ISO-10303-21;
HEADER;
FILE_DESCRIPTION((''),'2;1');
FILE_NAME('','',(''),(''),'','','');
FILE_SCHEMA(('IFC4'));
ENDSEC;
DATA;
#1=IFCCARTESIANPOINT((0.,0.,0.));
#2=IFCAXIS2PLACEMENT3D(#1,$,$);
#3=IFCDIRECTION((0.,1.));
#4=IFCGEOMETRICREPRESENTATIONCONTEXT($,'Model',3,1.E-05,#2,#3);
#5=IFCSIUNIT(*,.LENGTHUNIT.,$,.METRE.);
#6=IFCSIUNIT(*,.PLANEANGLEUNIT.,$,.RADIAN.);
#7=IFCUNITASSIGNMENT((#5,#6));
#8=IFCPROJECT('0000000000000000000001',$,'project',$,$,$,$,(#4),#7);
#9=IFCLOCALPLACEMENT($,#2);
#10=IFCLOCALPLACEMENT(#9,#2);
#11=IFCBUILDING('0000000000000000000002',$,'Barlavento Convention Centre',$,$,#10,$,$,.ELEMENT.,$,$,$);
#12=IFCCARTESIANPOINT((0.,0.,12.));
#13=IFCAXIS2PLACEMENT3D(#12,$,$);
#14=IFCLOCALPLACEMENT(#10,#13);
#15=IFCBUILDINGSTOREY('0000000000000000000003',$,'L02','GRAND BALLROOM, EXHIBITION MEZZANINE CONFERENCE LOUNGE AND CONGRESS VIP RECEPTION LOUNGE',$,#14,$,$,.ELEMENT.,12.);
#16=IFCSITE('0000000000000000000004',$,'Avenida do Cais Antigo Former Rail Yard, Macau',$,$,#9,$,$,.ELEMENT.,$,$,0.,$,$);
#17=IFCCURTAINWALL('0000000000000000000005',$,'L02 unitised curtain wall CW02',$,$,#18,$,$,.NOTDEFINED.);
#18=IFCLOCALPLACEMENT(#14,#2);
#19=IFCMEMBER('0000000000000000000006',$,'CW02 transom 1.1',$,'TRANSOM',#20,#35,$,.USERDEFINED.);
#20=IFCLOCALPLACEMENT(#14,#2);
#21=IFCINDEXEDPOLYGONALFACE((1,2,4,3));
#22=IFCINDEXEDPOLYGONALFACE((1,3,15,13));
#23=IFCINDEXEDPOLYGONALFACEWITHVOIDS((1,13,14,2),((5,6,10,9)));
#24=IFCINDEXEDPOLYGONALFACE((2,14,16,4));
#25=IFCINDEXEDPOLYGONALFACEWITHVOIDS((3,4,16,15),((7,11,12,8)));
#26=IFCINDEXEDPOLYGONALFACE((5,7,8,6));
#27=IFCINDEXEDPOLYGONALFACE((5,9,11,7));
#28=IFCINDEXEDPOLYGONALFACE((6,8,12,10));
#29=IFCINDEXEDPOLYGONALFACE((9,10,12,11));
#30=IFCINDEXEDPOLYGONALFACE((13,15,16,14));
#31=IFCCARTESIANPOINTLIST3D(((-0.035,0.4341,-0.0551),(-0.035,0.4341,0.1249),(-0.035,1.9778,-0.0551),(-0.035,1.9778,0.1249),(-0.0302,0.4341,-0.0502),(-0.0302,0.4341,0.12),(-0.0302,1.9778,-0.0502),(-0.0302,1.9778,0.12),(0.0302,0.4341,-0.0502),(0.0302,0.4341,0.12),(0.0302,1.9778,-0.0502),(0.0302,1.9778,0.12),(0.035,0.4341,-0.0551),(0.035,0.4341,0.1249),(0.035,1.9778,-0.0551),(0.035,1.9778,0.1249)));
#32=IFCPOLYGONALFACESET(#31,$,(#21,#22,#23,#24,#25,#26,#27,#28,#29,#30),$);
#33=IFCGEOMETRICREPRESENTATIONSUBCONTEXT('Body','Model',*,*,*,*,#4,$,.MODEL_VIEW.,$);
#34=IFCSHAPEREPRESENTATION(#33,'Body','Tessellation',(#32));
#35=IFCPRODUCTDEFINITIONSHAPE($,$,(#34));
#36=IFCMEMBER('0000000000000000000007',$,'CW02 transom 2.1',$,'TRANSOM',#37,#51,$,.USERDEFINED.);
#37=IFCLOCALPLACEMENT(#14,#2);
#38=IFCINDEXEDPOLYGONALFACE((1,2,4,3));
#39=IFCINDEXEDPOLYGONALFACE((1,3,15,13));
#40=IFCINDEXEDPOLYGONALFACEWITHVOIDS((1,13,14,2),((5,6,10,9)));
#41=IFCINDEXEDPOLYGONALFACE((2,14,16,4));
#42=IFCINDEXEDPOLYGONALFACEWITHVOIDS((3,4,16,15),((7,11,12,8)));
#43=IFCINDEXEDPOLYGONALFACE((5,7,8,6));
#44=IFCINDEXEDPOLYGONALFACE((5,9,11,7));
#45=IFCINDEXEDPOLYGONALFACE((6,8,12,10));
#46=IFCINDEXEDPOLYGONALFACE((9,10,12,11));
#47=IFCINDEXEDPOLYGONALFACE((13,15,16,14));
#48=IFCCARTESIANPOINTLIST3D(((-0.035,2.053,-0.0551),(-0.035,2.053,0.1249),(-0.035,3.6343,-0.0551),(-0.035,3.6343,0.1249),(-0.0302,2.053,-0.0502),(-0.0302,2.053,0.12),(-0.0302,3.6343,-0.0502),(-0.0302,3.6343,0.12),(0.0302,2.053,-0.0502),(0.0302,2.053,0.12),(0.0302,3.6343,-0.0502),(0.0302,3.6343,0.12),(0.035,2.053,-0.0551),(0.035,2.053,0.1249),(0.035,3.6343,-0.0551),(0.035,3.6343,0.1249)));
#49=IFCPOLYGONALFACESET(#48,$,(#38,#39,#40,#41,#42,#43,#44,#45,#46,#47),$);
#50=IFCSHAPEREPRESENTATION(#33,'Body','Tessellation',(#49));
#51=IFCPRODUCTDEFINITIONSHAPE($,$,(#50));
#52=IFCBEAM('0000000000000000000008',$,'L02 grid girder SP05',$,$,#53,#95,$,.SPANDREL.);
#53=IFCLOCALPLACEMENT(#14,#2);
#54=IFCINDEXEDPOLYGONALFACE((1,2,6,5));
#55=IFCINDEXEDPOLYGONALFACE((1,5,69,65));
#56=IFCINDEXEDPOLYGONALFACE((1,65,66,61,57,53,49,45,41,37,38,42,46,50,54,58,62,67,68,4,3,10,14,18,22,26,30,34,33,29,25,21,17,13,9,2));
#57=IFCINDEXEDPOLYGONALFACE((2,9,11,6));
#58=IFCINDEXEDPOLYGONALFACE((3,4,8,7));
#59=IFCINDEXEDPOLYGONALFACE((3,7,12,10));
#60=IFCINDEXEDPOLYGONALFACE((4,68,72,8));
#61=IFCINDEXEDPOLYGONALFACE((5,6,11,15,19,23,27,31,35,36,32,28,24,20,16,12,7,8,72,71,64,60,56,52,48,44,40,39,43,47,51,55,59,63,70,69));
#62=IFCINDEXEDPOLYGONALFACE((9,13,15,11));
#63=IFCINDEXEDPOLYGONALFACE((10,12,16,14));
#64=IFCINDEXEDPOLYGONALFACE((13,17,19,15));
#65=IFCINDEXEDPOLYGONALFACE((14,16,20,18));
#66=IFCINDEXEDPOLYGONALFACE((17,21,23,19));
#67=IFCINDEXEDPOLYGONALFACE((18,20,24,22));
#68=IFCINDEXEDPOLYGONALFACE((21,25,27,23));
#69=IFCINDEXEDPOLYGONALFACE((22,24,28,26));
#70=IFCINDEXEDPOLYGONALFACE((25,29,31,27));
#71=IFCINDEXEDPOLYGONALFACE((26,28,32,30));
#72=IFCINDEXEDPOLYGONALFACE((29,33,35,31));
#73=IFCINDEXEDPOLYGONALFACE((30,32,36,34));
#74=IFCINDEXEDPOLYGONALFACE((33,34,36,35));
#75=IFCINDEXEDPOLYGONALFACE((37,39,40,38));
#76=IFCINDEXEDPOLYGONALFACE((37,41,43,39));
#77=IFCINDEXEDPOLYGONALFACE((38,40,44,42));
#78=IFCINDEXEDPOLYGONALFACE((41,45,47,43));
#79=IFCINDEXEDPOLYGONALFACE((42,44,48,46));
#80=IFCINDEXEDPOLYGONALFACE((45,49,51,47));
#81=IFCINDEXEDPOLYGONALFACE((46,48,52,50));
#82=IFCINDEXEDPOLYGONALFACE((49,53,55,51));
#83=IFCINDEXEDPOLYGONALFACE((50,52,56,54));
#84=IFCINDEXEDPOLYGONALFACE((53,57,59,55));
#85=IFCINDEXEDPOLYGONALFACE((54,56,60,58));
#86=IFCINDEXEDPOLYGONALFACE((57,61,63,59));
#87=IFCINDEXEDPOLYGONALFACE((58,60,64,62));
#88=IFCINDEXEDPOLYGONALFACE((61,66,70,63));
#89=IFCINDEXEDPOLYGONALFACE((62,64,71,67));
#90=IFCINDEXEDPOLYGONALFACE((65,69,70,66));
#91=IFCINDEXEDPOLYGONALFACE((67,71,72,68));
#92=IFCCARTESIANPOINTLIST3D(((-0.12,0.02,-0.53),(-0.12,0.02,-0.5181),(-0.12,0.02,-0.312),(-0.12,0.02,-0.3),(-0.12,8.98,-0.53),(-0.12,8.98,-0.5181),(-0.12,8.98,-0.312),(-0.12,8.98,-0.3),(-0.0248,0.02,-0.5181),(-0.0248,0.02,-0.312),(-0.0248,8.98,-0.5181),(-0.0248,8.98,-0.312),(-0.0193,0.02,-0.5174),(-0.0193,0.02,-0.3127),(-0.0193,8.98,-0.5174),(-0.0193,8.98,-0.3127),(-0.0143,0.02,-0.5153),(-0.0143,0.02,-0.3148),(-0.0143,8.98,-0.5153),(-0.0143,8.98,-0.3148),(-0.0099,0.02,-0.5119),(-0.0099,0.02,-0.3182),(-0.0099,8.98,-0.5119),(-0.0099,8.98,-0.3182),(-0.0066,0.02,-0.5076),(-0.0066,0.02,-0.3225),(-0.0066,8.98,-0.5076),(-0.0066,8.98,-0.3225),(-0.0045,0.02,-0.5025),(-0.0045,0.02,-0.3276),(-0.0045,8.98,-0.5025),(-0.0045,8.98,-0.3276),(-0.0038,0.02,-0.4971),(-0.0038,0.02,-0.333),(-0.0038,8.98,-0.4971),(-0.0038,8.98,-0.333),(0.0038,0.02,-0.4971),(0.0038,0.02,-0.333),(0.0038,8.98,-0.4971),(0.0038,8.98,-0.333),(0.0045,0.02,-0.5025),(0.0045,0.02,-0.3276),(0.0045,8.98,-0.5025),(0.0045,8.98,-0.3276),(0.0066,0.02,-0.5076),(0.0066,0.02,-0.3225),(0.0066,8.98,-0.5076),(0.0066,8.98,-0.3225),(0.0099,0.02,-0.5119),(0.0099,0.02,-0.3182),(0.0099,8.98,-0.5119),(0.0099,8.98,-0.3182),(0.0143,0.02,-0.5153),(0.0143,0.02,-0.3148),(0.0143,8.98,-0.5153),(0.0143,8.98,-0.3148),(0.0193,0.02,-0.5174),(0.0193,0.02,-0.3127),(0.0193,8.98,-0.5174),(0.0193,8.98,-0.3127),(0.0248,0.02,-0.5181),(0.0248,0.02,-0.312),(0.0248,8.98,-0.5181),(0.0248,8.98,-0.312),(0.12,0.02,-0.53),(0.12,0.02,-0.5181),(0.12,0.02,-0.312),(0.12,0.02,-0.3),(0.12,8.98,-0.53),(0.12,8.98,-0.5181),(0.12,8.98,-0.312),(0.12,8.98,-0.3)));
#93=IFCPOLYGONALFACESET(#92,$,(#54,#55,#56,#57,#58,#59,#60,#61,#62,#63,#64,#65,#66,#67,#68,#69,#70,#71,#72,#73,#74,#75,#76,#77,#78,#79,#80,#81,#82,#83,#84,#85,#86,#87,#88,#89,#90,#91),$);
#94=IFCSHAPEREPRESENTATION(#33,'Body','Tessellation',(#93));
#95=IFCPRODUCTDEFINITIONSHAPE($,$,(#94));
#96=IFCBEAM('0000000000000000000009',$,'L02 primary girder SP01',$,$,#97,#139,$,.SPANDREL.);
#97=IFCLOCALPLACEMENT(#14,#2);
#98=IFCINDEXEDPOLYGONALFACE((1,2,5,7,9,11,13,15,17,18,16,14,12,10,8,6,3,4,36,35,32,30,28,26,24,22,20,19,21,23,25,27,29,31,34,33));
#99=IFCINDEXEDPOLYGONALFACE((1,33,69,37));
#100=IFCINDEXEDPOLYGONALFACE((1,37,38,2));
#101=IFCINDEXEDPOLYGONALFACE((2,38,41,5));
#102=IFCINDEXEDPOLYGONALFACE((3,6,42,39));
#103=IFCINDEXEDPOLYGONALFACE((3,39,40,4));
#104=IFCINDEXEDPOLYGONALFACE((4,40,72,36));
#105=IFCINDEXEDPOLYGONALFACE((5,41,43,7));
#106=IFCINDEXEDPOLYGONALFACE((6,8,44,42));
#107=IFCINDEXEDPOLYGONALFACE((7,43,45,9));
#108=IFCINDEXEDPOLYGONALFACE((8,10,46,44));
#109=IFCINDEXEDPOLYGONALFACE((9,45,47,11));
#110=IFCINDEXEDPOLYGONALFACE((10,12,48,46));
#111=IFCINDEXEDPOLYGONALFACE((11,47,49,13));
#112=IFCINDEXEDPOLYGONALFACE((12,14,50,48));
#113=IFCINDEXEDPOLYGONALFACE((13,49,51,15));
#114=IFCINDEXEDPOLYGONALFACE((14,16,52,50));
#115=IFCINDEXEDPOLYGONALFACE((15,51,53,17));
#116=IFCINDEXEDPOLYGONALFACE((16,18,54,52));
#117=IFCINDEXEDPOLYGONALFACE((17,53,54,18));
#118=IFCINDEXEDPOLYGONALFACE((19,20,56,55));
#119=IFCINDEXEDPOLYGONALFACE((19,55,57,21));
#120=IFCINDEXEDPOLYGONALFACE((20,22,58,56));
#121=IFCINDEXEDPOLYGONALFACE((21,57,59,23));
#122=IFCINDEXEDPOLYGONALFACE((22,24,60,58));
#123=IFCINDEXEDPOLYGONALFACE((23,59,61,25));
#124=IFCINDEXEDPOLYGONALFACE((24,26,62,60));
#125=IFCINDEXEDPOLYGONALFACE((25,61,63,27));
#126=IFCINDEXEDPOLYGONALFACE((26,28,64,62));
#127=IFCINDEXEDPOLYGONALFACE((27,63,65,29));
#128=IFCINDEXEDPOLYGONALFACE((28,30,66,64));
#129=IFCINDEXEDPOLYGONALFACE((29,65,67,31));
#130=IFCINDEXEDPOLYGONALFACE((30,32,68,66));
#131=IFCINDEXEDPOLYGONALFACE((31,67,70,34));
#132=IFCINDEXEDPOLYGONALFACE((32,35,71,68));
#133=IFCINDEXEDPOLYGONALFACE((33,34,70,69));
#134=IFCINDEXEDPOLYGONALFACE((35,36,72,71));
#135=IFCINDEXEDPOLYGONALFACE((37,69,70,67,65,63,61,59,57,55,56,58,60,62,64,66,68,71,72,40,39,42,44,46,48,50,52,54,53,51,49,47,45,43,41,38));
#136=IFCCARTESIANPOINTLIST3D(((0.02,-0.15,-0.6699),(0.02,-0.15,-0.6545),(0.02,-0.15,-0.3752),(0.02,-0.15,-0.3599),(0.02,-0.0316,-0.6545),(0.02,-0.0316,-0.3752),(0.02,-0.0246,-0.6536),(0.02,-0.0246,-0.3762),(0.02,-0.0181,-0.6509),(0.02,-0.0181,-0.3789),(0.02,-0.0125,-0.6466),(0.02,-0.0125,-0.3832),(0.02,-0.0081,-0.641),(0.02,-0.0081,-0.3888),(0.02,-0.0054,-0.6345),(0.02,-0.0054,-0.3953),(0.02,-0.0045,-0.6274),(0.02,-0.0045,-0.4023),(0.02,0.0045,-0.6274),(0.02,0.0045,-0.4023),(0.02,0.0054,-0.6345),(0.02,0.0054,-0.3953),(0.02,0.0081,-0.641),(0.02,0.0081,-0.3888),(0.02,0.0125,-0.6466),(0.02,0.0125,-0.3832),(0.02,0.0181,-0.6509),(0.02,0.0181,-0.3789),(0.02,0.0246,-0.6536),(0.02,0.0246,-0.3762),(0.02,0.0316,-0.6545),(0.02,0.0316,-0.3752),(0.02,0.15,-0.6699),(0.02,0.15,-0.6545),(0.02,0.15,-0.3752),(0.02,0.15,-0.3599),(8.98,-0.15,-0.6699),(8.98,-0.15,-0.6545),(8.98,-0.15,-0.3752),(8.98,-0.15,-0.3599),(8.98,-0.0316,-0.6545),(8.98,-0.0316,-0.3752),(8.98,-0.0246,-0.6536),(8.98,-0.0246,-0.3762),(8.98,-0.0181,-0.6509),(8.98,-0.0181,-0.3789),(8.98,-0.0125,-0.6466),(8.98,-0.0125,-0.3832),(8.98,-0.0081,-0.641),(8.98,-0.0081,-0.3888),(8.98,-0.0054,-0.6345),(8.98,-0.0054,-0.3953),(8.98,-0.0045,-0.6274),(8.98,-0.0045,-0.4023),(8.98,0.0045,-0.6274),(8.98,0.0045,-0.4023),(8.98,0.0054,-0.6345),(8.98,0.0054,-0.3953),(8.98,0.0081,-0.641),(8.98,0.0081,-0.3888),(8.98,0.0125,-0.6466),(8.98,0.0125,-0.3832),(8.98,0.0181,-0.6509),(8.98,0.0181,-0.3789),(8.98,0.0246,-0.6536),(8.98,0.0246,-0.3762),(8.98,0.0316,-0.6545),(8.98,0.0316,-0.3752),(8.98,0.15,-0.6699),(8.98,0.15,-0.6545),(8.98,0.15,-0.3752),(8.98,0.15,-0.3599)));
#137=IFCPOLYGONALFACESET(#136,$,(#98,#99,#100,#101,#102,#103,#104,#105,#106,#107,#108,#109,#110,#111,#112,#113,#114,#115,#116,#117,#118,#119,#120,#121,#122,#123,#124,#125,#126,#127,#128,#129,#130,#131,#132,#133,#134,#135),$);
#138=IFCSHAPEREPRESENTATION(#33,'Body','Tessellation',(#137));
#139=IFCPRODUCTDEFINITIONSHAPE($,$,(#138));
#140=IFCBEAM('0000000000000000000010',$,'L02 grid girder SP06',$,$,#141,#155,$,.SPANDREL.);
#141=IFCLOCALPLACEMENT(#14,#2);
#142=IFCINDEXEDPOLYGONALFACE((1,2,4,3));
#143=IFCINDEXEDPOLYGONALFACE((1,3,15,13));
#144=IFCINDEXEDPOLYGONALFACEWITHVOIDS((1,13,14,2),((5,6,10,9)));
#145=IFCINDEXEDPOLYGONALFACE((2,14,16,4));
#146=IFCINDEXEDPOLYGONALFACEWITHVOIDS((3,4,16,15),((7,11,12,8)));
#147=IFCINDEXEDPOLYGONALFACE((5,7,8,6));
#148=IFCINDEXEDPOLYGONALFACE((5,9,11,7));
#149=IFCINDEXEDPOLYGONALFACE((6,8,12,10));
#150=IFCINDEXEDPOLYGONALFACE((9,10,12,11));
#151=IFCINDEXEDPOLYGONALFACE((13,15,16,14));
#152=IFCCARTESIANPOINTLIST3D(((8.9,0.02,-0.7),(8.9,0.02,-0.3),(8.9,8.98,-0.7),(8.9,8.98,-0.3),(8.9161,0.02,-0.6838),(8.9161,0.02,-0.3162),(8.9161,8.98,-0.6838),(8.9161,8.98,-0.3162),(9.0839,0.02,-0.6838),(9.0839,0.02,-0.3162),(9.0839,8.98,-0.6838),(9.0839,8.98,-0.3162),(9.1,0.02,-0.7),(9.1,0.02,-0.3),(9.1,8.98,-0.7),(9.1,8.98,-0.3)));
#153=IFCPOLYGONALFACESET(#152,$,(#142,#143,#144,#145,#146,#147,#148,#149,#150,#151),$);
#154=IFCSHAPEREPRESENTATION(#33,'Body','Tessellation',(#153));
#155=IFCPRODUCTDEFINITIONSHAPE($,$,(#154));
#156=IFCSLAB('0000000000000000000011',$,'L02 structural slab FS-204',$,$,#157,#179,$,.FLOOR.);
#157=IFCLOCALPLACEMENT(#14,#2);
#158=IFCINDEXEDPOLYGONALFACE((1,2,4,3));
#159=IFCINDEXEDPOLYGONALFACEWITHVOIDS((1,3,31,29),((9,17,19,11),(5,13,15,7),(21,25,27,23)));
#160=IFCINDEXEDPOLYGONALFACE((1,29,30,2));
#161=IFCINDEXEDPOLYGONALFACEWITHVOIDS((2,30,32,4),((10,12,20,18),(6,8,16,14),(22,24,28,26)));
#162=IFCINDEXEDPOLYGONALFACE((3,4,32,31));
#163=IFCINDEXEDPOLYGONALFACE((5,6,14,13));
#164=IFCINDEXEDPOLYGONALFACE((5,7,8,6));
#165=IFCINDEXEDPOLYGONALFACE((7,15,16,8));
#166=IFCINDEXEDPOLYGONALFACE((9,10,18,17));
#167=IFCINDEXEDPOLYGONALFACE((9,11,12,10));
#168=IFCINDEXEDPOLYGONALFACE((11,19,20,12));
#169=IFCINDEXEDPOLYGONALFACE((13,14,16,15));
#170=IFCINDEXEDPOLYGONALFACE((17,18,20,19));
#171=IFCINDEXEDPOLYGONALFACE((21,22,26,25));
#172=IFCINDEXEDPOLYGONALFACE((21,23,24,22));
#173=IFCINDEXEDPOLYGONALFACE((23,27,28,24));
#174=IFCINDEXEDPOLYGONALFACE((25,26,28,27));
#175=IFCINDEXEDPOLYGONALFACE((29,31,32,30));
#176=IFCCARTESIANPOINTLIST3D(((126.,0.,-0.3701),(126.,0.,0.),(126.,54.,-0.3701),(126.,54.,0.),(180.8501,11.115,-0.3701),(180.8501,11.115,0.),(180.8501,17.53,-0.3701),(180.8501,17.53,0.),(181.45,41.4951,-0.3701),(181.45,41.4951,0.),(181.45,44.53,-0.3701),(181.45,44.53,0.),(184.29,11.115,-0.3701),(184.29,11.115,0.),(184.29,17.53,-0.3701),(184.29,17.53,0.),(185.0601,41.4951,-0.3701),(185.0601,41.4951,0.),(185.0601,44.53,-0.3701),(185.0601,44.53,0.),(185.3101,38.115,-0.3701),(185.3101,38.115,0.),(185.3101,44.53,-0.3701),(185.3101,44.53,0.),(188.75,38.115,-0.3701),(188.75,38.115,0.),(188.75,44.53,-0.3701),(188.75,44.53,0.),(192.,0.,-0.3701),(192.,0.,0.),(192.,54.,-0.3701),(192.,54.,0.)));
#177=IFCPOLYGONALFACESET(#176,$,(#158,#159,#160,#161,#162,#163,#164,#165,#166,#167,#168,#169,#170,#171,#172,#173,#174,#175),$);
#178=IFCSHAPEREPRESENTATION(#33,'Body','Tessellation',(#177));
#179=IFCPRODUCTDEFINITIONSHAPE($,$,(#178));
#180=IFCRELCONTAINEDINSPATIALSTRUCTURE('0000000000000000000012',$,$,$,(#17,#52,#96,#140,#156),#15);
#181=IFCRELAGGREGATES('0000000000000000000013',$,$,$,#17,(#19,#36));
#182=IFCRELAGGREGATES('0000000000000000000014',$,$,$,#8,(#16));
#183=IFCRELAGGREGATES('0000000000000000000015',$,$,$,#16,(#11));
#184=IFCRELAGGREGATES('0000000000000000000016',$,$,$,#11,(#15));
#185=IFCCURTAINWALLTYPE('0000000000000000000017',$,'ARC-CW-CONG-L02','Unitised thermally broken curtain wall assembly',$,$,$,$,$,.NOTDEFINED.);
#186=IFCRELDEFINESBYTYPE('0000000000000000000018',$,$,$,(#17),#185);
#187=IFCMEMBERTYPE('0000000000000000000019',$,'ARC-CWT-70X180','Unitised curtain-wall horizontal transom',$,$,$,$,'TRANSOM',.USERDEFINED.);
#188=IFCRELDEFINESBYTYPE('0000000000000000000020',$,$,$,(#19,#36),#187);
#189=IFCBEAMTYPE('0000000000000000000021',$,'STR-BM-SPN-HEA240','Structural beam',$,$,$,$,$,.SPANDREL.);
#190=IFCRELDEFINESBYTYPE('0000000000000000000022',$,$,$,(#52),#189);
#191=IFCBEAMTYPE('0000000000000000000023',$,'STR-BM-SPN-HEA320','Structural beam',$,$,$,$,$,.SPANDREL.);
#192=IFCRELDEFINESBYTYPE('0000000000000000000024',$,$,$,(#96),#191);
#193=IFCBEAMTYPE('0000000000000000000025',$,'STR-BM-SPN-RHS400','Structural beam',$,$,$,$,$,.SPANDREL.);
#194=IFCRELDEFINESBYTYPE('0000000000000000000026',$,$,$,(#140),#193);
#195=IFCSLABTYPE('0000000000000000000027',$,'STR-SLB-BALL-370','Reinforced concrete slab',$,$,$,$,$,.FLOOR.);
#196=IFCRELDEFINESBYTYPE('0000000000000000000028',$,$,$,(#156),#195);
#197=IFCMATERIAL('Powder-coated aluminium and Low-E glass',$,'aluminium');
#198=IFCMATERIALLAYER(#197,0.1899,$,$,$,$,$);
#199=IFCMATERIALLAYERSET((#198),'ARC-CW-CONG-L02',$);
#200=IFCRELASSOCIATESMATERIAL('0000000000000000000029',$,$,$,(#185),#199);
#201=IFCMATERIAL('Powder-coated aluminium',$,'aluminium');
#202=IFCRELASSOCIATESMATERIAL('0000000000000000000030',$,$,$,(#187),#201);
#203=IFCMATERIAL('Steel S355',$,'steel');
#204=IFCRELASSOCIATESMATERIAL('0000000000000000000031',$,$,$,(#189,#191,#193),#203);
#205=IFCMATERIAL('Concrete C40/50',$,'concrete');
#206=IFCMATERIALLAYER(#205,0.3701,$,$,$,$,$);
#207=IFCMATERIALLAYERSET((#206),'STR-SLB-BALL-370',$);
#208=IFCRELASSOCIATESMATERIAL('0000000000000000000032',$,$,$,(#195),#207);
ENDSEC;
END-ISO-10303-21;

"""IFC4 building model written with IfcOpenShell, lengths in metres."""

from ifc_helpers import new_model, si_unit, direction, frame, origin, origin_2d, place, context, subcontext, project, spatial, polyline, hollow_rectangle, i_section, outline, extrude, material, layer, layer_set, material_profile, profile_set, type_object, element, aggregate, save


model = new_model("IFC4")

# Units and contexts
model_context = context("Model", 3, precision=1e-05, world=origin(), true_north=direction((0.0, 1.0)))
body_context = subcontext(model_context, "Body", "Model", "MODEL_VIEW")
ifc_project = project(units=[si_unit("LENGTHUNIT", "METRE"), si_unit("PLANEANGLEUNIT", "RADIAN")], contexts=[model_context])

# Site, building, storey
site_placement = place(None, origin())
site = spatial("IfcSite", under=ifc_project, at=site_placement, Name="Avenida do Cais Antigo Former Rail Yard, Macau", CompositionType="ELEMENT", RefElevation=0.0)
building_placement = place(site_placement, origin())
building = spatial("IfcBuilding", under=site, at=building_placement, Name="Barlavento Convention Centre", CompositionType="ELEMENT")
storey_placement = place(building_placement, frame((0.0, 0.0, 12.0)))
storey = spatial("IfcBuildingStorey", under=building, at=storey_placement, Name="L02", Description="GRAND BALLROOM, EXHIBITION MEZZANINE CONFERENCE LOUNGE AND CONGRESS VIP RECEPTION LOUNGE", CompositionType="ELEMENT", Elevation=12.0)

# Curtain wall
ifc_material_1 = material(Name="Powder-coated aluminium and Low-E glass", Category="aluminium")
ifc_layer_1 = layer(ifc_material_1, 0.1899)
ifc_layer_set_1 = layer_set([ifc_layer_1], Name="ARC-CW-CONG-L02")
curtain_wall_type = type_object("IfcCurtainWallType", Name="ARC-CW-CONG-L02", Description="Unitised thermally broken curtain wall assembly", PredefinedType="NOTDEFINED", material=ifc_layer_set_1)
ifc_material_2 = material(Name="Powder-coated aluminium", Category="aluminium")
curtain_wall_1_placement = place(storey_placement, origin())
curtain_wall_1 = element("IfcCurtainWall", 1, at=curtain_wall_1_placement, inside=storey, type_object=curtain_wall_type, Name="L02 unitised curtain wall CW02", PredefinedType="NOTDEFINED")

# Members
ifc_material_profile_1 = material_profile(ifc_material_2, hollow_rectangle(XDim=0.0701, YDim=0.1799, WallThickness=0.0049, at=origin_2d()), Name="AL-TRAN 70x180x5")
ifc_profile_set_1 = profile_set([ifc_material_profile_1], Name="Powder-coated aluminium")
member_type_1 = type_object("IfcMemberType", Name="ARC-CWT-70X180", Description="Unitised curtain-wall horizontal transom", ElementType="TRANSOM", PredefinedType="USERDEFINED", material=ifc_profile_set_1)
member_1_placement = place(storey_placement, frame((0.0, 0.4341, 0.0349), z_axis=(0.0, 1.0, 0.0), x_axis=(-1.0, 0.0, 0.0)))
member_1 = element("IfcMember", 2, at=member_1_placement, type_object=member_type_1, Name="CW02 transom 1.1", ObjectType="TRANSOM", PredefinedType="USERDEFINED", context=body_context, shape_type="SweptSolid", body=[
    extrude(hollow_rectangle(XDim=0.0701, YDim=0.1799, WallThickness=0.0049, at=origin_2d()), origin(), (0.0, 0.0, 1.0), 1.5437),
])
member_2_placement = place(storey_placement, frame((0.0, 2.053, 0.0349), z_axis=(0.0, 1.0, 0.0), x_axis=(-1.0, 0.0, 0.0)))
member_2 = element("IfcMember", 3, at=member_2_placement, type_object=member_type_1, Name="CW02 transom 2.1", ObjectType="TRANSOM", PredefinedType="USERDEFINED", context=body_context, shape_type="SweptSolid", body=[
    extrude(hollow_rectangle(XDim=0.0701, YDim=0.1799, WallThickness=0.0049, at=origin_2d()), origin(), (0.0, 0.0, 1.0), 1.5813),
])
aggregate(curtain_wall_1, [member_1, member_2])

# Beams
ifc_material_3 = material(Name="Steel S355", Category="steel")
ifc_material_profile_2 = material_profile(ifc_material_3, i_section(OverallWidth=0.24, OverallDepth=0.23, WebThickness=0.0076, FlangeThickness=0.012, FilletRadius=0.021, at=origin_2d()), Name="HEA 240")
ifc_profile_set_2 = profile_set([ifc_material_profile_2], Name="Steel S355")
beam_type_1 = type_object("IfcBeamType", Name="STR-BM-SPN-HEA240", Description="Structural beam", PredefinedType="SPANDREL", material=ifc_profile_set_2)
beam_1_placement = place(storey_placement, frame((0.0, 0.02, -0.415), z_axis=(0.0, 1.0, 0.0), x_axis=(-1.0, 0.0, 0.0)))
element("IfcBeam", 4, at=beam_1_placement, inside=storey, type_object=beam_type_1, Name="L02 grid girder SP05", PredefinedType="SPANDREL", context=body_context, shape_type="SweptSolid", body=[
    extrude(i_section(OverallWidth=0.24, OverallDepth=0.23, WebThickness=0.0076, FlangeThickness=0.012, FilletRadius=0.021, at=origin_2d()), origin(), (0.0, 0.0, 1.0), 8.96),
])
ifc_material_profile_3 = material_profile(ifc_material_3, i_section(OverallWidth=0.3, OverallDepth=0.3101, WebThickness=0.009, FlangeThickness=0.0154, FilletRadius=0.0271, at=origin_2d()), Name="HEA 320")
ifc_profile_set_3 = profile_set([ifc_material_profile_3], Name="Steel S355")
beam_type_2 = type_object("IfcBeamType", Name="STR-BM-SPN-HEA320", Description="Structural beam", PredefinedType="SPANDREL", material=ifc_profile_set_3)
beam_2_placement = place(storey_placement, frame((0.02, 0.0, -0.5149), z_axis=(1.0, 0.0, 0.0), x_axis=(0.0, 1.0, 0.0)))
element("IfcBeam", 5, at=beam_2_placement, inside=storey, type_object=beam_type_2, Name="L02 primary girder SP01", PredefinedType="SPANDREL", context=body_context, shape_type="SweptSolid", body=[
    extrude(i_section(OverallWidth=0.3, OverallDepth=0.3101, WebThickness=0.009, FlangeThickness=0.0154, FilletRadius=0.0271, at=origin_2d()), origin(), (0.0, 0.0, 1.0), 8.96),
])
ifc_material_profile_4 = material_profile(ifc_material_3, hollow_rectangle(XDim=0.2, YDim=0.3999, WallThickness=0.0161, at=origin_2d()), Name="RHS 400x200x16.0")
ifc_profile_set_4 = profile_set([ifc_material_profile_4], Name="Steel S355")
beam_type_3 = type_object("IfcBeamType", Name="STR-BM-SPN-RHS400", Description="Structural beam", PredefinedType="SPANDREL", material=ifc_profile_set_4)
beam_3_placement = place(storey_placement, frame((9.0, 0.02, -0.5), z_axis=(0.0, 1.0, 0.0), x_axis=(-1.0, 0.0, 0.0)))
element("IfcBeam", 6, at=beam_3_placement, inside=storey, type_object=beam_type_3, Name="L02 grid girder SP06", PredefinedType="SPANDREL", context=body_context, shape_type="SweptSolid", body=[
    extrude(hollow_rectangle(XDim=0.2, YDim=0.3999, WallThickness=0.0161, at=origin_2d()), origin(), (0.0, 0.0, 1.0), 8.96),
])

# Slab
ifc_material_4 = material(Name="Concrete C40/50", Category="concrete")
ifc_layer_2 = layer(ifc_material_4, 0.3701)
ifc_layer_set_2 = layer_set([ifc_layer_2], Name="STR-SLB-BALL-370")
slab_type_1 = type_object("IfcSlabType", Name="STR-SLB-BALL-370", Description="Reinforced concrete slab", PredefinedType="FLOOR", material=ifc_layer_set_2)
slab_1_placement = place(storey_placement, frame((0.0, 0.0, -0.3701)))
element("IfcSlab", 7, at=slab_1_placement, inside=storey, type_object=slab_type_1, Name="L02 structural slab FS-204", PredefinedType="FLOOR", context=body_context, shape_type="SweptSolid", body=[
    extrude(outline(polyline([(126.0, 0.0), (192.0, 0.0), (192.0, 54.0), (126.0, 54.0), (126.0, 0.0)]), holes=[polyline([(188.75, 38.115), (188.75, 44.53), (185.3101, 44.53), (185.3101, 38.115), (188.75, 38.115)]), polyline([(181.45, 41.4951), (185.0601, 41.4951), (185.0601, 44.53), (181.45, 44.53), (181.45, 41.4951)]), polyline([(184.29, 11.115), (184.29, 17.53), (180.8501, 17.53), (180.8501, 11.115), (184.29, 11.115)])]), origin(), (0.0, 0.0, 1.0), 0.3701),
])

save(model, "model.ifc")
